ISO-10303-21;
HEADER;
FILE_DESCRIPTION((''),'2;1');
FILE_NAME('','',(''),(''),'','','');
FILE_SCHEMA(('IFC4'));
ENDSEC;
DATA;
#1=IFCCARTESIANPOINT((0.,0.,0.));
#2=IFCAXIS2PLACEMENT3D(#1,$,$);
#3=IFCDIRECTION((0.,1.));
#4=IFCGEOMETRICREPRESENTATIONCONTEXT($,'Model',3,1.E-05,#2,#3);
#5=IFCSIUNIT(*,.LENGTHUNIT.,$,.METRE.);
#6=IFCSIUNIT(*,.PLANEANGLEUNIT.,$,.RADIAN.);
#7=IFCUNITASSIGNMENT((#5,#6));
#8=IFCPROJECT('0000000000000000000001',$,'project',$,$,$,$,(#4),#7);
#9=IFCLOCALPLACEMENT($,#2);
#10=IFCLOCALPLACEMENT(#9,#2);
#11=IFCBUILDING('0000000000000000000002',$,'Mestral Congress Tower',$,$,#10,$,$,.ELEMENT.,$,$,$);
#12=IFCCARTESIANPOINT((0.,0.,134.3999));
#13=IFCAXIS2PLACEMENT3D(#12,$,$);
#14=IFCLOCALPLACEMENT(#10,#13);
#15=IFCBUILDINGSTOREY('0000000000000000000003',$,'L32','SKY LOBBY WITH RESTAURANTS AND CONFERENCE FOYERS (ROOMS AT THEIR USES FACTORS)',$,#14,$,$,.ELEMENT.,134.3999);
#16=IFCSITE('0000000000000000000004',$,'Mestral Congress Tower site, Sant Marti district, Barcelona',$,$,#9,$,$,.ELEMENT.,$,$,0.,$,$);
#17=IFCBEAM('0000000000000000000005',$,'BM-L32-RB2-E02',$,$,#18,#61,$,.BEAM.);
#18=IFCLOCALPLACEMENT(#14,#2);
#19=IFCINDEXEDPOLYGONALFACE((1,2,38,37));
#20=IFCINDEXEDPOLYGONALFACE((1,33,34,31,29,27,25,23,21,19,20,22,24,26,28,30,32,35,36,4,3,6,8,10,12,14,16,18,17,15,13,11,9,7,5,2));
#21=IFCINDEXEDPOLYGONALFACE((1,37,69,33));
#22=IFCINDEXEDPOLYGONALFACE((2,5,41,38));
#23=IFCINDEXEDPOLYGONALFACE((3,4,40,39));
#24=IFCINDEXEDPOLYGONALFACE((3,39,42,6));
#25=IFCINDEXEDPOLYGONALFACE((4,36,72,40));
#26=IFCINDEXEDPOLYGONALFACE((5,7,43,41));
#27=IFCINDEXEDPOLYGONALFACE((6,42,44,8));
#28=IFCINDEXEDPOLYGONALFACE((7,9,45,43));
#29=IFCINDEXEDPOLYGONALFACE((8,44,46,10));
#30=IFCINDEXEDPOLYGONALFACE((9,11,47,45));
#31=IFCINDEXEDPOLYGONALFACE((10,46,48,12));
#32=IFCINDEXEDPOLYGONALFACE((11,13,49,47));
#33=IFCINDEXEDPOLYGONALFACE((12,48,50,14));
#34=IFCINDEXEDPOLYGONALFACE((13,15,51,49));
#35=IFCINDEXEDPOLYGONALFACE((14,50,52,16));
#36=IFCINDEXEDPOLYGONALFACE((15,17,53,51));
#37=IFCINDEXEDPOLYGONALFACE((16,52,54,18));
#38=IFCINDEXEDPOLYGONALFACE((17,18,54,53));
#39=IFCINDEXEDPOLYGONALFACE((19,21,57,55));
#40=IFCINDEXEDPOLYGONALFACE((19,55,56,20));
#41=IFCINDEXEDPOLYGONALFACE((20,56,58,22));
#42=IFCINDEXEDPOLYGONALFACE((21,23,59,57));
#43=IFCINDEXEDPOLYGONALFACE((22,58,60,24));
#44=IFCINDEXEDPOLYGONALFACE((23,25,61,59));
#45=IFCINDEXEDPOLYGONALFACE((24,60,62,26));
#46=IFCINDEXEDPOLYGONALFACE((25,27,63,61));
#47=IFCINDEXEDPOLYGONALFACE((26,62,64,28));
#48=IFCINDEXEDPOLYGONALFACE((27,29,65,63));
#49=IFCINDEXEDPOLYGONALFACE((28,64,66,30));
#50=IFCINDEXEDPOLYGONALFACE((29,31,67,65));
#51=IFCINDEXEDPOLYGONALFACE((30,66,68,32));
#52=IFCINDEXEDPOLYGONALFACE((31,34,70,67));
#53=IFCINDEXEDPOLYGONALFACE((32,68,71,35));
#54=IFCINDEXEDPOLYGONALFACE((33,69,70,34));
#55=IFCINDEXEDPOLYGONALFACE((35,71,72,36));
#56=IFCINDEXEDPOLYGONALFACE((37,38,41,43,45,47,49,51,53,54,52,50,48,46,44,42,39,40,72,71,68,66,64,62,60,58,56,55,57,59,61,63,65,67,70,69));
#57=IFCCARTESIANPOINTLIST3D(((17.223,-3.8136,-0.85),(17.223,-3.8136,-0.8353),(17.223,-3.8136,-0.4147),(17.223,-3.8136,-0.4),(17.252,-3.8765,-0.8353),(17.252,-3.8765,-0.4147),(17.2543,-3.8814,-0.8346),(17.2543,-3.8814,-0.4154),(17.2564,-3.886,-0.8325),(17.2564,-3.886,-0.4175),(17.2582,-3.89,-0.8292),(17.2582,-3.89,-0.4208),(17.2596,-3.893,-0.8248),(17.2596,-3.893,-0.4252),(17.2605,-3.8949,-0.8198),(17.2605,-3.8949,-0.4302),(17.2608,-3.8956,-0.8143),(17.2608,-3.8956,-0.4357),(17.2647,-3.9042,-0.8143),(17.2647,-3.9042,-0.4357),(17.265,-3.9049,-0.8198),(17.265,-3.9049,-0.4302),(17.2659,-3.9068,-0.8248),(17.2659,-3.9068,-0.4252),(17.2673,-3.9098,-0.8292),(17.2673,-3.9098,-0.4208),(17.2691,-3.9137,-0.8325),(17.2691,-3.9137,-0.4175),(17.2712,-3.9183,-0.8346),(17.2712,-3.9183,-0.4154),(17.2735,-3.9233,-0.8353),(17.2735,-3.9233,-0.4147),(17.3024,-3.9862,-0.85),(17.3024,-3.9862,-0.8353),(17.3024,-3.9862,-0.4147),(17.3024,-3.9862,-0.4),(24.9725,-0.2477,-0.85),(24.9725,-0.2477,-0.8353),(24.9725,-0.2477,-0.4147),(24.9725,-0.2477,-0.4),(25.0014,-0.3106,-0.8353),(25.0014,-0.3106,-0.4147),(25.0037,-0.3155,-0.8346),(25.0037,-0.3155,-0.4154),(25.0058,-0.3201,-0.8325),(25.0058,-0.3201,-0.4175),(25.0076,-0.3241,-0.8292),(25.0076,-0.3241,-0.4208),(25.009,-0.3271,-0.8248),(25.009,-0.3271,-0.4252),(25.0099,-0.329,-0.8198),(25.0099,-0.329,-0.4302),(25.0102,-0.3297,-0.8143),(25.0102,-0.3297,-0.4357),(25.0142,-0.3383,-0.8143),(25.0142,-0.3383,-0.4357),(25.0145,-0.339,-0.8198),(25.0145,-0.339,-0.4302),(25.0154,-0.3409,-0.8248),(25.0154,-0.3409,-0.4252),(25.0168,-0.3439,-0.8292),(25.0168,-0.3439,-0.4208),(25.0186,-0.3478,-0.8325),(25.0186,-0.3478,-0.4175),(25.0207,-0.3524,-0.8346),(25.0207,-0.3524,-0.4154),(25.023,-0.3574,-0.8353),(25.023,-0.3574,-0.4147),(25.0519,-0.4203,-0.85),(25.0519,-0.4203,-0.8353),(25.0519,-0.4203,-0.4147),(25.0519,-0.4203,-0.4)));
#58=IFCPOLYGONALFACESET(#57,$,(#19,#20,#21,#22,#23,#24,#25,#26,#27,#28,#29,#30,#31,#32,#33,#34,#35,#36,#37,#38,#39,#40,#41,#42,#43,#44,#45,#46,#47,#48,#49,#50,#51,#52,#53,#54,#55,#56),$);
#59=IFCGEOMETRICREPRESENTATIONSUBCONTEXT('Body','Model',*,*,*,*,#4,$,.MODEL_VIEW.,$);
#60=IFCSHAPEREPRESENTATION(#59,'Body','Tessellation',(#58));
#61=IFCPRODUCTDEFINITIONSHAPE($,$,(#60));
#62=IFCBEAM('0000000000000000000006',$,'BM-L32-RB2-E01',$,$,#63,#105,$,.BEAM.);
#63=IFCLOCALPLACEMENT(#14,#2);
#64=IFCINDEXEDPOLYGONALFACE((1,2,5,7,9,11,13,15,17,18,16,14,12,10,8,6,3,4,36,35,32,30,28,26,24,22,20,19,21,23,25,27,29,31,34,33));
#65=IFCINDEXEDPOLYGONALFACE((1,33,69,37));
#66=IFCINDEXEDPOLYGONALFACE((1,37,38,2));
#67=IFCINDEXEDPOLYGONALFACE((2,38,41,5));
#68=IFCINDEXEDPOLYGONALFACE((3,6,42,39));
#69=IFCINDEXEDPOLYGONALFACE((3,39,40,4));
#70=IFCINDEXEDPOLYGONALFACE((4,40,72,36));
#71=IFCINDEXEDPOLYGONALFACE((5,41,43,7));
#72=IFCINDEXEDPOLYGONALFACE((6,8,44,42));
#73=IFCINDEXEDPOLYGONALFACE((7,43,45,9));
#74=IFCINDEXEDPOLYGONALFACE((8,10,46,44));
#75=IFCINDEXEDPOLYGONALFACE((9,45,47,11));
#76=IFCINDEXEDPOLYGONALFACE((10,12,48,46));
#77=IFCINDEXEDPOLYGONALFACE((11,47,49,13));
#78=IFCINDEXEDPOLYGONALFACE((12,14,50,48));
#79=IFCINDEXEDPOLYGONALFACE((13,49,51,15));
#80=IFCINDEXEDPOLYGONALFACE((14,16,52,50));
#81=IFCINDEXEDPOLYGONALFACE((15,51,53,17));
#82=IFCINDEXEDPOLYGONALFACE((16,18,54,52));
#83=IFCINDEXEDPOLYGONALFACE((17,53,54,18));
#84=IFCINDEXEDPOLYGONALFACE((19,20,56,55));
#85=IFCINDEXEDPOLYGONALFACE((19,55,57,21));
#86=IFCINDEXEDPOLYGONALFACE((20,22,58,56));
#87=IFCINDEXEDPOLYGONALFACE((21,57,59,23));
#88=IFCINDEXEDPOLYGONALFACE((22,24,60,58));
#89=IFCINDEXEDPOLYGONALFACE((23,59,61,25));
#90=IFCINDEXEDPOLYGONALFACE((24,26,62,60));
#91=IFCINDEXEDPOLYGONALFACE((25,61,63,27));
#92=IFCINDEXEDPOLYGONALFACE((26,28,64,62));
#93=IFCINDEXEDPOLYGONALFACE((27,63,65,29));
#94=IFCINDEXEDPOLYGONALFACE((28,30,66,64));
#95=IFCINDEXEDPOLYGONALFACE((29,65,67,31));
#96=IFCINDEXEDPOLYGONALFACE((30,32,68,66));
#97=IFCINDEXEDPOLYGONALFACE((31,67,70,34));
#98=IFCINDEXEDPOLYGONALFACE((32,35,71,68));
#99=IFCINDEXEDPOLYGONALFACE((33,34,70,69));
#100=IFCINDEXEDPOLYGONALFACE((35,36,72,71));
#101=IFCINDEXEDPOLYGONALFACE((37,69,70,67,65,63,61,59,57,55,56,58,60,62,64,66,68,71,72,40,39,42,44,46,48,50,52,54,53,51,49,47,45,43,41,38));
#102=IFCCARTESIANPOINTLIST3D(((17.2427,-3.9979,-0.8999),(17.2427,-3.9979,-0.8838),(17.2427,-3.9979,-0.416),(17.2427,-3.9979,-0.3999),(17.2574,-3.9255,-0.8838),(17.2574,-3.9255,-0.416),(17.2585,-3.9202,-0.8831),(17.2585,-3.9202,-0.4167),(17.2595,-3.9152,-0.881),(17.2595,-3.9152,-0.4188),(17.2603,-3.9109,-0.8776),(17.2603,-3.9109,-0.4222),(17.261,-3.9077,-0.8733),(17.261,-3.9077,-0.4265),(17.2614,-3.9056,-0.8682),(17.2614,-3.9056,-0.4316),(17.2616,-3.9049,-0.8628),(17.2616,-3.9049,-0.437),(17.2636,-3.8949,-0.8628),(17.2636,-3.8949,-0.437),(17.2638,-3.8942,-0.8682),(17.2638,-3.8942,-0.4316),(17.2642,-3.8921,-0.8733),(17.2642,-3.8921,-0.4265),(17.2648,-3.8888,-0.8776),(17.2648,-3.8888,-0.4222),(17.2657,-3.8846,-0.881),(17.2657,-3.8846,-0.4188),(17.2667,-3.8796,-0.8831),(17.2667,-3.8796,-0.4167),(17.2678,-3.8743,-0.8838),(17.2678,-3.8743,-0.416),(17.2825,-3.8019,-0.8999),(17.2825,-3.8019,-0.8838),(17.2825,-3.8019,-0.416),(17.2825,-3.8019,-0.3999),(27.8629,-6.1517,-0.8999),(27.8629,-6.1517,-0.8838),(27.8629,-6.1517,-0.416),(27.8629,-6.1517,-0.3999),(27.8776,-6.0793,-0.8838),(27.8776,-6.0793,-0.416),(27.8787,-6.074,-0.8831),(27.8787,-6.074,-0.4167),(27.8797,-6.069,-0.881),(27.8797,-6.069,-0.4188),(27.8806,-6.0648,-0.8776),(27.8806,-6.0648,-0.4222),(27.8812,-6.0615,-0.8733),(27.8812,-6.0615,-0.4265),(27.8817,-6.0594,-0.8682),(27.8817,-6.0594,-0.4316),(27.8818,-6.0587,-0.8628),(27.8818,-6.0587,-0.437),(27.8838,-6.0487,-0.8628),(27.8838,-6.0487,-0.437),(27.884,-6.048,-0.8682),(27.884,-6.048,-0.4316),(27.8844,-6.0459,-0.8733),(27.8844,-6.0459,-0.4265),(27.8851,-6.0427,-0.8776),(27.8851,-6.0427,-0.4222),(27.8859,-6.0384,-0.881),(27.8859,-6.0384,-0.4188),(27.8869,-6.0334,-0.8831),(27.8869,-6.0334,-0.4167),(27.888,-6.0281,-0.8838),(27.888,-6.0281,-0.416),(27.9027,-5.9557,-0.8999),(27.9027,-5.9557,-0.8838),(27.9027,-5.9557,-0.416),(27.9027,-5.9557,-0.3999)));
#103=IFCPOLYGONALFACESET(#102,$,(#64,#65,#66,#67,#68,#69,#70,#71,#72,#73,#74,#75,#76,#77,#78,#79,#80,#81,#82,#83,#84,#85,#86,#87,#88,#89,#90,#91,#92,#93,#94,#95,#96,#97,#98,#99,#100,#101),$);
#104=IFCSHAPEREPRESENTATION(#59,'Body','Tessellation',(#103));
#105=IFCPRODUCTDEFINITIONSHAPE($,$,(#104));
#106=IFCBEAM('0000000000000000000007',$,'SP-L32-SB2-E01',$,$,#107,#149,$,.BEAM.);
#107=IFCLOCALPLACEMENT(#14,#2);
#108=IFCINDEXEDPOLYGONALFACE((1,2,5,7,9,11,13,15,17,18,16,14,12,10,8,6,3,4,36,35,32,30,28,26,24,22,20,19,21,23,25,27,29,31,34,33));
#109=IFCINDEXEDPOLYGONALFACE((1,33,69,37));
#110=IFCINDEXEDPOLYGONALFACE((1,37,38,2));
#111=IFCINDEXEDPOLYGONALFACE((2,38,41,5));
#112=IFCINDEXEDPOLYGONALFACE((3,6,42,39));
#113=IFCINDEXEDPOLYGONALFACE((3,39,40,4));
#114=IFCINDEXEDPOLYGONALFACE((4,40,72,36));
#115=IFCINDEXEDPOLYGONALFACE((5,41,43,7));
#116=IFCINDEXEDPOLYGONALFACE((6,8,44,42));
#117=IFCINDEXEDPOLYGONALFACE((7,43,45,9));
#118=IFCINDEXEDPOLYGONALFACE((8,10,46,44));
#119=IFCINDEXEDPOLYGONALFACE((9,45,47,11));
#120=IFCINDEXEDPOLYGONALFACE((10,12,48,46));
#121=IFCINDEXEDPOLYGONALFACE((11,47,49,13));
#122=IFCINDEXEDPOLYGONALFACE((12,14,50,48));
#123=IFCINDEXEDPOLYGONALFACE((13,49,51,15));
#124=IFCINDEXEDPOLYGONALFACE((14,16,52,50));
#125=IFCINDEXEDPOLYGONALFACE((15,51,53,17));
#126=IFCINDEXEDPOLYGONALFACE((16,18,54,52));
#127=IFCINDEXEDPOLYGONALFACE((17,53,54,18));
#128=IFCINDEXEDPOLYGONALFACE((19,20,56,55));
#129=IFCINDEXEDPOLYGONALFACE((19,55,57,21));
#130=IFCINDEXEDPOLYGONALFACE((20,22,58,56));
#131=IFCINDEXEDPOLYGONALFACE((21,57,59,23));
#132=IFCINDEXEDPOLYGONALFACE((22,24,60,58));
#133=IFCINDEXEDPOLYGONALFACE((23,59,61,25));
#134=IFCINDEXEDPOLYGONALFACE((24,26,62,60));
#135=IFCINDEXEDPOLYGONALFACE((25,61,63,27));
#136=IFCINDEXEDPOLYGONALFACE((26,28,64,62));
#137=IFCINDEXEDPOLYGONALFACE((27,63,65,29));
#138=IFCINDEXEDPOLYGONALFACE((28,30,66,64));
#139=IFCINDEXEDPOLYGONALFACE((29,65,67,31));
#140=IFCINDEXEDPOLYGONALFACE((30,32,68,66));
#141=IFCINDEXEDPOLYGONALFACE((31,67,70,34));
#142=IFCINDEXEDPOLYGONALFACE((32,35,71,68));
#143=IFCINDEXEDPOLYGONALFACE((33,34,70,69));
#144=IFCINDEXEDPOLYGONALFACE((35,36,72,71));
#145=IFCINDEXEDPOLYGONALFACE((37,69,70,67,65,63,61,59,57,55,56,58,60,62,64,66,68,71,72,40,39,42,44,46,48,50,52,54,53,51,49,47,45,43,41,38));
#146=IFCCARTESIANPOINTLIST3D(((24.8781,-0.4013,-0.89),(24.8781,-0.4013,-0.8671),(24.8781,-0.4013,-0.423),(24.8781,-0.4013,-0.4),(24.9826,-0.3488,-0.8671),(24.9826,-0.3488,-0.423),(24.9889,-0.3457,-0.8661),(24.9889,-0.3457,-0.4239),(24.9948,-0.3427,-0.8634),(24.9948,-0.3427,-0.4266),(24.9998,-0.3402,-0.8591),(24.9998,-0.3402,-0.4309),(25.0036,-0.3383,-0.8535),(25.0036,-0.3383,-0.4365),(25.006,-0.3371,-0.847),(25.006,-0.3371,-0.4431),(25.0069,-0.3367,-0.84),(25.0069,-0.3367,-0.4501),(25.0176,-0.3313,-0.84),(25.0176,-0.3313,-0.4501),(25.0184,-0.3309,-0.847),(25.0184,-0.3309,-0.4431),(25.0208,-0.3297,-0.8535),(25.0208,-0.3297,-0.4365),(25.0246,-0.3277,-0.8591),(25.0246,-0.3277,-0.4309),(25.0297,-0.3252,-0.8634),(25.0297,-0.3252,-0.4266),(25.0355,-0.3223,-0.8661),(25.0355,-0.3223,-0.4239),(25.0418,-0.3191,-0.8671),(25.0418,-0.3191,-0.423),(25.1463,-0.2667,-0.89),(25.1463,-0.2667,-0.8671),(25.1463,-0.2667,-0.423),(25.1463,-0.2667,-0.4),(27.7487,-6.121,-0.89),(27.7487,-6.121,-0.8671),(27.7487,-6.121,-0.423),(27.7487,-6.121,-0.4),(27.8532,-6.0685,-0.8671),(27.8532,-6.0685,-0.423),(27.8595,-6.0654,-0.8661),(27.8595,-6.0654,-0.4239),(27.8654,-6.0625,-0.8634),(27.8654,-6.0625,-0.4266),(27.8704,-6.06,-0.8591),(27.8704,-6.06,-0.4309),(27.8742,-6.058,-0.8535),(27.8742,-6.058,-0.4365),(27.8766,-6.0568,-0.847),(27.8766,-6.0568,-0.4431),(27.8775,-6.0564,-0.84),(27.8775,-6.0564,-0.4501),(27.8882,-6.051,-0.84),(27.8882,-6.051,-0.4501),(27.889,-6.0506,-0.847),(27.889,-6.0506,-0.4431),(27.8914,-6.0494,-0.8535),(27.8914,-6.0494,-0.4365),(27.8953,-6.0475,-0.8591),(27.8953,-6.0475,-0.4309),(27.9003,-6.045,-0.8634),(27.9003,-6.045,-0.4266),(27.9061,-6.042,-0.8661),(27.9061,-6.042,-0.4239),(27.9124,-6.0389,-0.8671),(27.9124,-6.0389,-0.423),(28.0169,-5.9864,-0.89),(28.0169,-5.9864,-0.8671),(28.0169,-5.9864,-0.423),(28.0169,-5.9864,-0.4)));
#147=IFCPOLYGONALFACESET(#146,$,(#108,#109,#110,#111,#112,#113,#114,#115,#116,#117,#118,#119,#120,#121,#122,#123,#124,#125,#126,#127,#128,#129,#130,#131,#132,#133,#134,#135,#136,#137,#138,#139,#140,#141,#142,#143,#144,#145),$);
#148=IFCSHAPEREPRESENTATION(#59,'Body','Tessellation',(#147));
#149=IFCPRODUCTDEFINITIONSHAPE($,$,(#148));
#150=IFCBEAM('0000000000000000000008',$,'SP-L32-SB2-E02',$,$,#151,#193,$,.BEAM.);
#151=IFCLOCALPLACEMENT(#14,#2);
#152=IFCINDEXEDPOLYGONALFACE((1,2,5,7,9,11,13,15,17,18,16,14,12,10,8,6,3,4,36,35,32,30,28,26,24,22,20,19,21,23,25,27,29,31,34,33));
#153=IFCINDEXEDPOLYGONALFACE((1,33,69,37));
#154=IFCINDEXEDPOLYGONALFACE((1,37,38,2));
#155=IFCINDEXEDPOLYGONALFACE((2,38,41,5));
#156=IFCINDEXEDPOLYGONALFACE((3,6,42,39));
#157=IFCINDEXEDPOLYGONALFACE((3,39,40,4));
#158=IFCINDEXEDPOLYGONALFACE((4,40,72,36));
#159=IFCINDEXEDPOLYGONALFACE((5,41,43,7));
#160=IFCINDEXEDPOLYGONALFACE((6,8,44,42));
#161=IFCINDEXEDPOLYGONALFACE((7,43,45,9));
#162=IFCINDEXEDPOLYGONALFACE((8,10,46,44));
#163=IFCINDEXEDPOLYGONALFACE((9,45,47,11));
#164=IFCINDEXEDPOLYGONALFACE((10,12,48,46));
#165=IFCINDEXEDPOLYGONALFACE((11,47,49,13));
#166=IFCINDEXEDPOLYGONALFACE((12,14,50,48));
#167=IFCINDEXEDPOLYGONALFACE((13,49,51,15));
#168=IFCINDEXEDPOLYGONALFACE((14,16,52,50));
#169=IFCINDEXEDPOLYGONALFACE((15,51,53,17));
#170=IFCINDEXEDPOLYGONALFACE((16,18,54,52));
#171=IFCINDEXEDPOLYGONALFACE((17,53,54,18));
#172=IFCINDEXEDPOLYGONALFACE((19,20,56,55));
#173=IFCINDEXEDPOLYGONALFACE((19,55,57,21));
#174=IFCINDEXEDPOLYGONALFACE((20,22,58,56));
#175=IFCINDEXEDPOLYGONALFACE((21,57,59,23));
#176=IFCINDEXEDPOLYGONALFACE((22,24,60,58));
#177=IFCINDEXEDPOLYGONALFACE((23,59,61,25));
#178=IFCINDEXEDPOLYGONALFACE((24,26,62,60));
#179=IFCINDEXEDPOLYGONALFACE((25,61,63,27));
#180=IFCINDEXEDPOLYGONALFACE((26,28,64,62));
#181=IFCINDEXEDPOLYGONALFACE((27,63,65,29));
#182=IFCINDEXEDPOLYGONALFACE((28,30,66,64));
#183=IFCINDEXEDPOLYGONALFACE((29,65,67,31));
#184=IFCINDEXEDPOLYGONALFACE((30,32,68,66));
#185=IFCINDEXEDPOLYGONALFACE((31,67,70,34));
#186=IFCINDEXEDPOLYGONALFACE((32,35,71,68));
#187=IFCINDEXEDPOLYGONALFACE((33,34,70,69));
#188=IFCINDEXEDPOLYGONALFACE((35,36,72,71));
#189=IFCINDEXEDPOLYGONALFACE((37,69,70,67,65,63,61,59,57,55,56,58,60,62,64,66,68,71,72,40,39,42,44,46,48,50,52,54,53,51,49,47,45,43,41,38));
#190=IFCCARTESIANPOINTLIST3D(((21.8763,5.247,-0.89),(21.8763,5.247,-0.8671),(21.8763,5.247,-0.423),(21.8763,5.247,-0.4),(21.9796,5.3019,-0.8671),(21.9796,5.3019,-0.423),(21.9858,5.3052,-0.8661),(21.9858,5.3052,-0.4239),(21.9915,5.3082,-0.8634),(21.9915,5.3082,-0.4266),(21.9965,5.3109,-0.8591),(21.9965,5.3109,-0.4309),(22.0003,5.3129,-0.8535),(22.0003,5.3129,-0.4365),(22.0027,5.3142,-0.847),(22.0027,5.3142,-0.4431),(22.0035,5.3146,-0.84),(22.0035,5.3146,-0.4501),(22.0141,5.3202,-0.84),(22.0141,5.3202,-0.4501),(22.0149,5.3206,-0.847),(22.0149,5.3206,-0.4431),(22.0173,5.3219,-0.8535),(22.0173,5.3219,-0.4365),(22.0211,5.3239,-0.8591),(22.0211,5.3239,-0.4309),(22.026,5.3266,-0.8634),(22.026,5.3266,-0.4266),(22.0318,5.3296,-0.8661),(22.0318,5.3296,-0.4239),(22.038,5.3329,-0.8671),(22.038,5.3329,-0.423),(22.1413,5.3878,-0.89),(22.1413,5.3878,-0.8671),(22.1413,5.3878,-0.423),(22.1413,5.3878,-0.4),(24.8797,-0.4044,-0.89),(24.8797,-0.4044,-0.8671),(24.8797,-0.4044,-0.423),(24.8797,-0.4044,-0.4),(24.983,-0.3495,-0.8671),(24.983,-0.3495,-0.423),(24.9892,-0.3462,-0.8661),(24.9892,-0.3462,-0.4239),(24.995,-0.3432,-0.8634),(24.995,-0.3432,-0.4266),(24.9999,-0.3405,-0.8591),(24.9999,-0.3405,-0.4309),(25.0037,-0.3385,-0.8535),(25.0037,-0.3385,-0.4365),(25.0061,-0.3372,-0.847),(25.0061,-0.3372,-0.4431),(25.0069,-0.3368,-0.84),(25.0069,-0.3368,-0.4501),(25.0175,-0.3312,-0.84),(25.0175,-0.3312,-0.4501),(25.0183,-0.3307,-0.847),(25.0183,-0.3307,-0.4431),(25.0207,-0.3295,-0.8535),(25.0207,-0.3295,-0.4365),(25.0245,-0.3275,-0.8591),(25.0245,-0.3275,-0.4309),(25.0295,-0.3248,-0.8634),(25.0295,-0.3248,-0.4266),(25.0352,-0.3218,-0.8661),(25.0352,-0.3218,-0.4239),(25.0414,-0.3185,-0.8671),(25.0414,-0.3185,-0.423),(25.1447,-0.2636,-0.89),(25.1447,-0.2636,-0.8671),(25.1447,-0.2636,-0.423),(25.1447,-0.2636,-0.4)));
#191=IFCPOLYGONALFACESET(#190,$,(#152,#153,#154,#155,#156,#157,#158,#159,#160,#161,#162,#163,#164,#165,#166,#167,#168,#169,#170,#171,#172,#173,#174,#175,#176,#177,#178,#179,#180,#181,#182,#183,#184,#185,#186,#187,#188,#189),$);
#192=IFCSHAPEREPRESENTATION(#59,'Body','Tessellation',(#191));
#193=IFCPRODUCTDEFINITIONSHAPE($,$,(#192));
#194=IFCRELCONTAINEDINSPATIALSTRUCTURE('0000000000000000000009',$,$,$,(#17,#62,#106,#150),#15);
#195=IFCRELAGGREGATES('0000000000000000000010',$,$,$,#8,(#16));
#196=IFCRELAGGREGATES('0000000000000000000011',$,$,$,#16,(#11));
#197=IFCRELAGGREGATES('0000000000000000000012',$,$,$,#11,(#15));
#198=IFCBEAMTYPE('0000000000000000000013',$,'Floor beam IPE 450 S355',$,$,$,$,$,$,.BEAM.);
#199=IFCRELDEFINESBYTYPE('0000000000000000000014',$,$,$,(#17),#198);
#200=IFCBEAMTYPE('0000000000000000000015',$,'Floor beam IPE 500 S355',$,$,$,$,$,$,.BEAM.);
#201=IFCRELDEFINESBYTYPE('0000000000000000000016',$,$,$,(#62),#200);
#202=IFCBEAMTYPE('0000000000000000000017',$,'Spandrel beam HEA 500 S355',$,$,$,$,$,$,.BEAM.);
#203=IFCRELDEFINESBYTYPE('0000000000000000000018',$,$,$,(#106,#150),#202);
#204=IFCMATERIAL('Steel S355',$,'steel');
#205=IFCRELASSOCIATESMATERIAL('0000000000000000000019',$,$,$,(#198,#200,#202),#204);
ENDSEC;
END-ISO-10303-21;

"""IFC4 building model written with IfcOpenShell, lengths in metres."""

from ifc_helpers import new_model, si_unit, direction, frame, origin, origin_2d, place, context, subcontext, project, spatial, i_section, extrude, material, material_profile, profile_set, type_object, element, save


model = new_model("IFC4")

# Units and contexts
model_context = context("Model", 3, precision=1e-05, world=origin(), true_north=direction((0.0, 1.0)))
body_context = subcontext(model_context, "Body", "Model", "MODEL_VIEW")
ifc_project = project(units=[si_unit("LENGTHUNIT", "METRE"), si_unit("PLANEANGLEUNIT", "RADIAN")], contexts=[model_context])

# Site, building, storey
site_placement = place(None, origin())
site = spatial("IfcSite", under=ifc_project, at=site_placement, Name="Mestral Congress Tower site, Sant Marti district, Barcelona", CompositionType="ELEMENT", RefElevation=0.0)
building_placement = place(site_placement, origin())
building = spatial("IfcBuilding", under=site, at=building_placement, Name="Mestral Congress Tower", CompositionType="ELEMENT")
storey_placement = place(building_placement, frame((0.0, 0.0, 134.3999)))
storey = spatial("IfcBuildingStorey", under=building, at=storey_placement, Name="L32", Description="SKY LOBBY WITH RESTAURANTS AND CONFERENCE FOYERS (ROOMS AT THEIR USES FACTORS)", CompositionType="ELEMENT", Elevation=134.3999)

# Shared definitions
ifc_material_1 = material(Name="Steel S355", Category="steel")

# Beams
ifc_material_profile_1 = material_profile(ifc_material_1, i_section(OverallWidth=0.1899, OverallDepth=0.45, WebThickness=0.0095, FlangeThickness=0.0146, FilletRadius=0.021, at=origin_2d()), Name="IPE 450")
ifc_profile_set_1 = profile_set([ifc_material_profile_1], Name="Steel S355")
beam_type_1 = type_object("IfcBeamType", Name="Floor beam IPE 450 S355", PredefinedType="BEAM", material=ifc_profile_set_1)
beam_1_placement = place(storey_placement, frame((25.0122, -0.334, -0.625), z_axis=(-0.90844, -0.418016, 0.0), x_axis=(0.418016, -0.90844, 0.0)))
element("IfcBeam", 1, at=beam_1_placement, inside=storey, type_object=beam_type_1, Name="BM-L32-RB2-E02", PredefinedType="BEAM", context=body_context, shape_type="SweptSolid", body=[
    extrude(i_section(OverallWidth=0.1899, OverallDepth=0.45, WebThickness=0.0095, FlangeThickness=0.0146, FilletRadius=0.021, at=origin_2d()), origin(), (0.0, 0.0, 1.0), 8.5305),
])
ifc_material_profile_2 = material_profile(ifc_material_1, i_section(OverallWidth=0.2, OverallDepth=0.5, WebThickness=0.0103, FlangeThickness=0.0161, FilletRadius=0.021, at=origin_2d()), Name="IPE 500")
ifc_profile_set_2 = profile_set([ifc_material_profile_2], Name="Steel S355")
beam_type_2 = type_object("IfcBeamType", Name="Floor beam IPE 500 S355", PredefinedType="BEAM", material=ifc_profile_set_2)
beam_2_placement = place(storey_placement, frame((27.8828, -6.0537, -0.6499), z_axis=(-0.980049, 0.198758, 0.0), x_axis=(-0.198758, -0.980049, 0.0)))
element("IfcBeam", 2, at=beam_2_placement, inside=storey, type_object=beam_type_2, Name="BM-L32-RB2-E01", PredefinedType="BEAM", context=body_context, shape_type="SweptSolid", body=[
    extrude(i_section(OverallWidth=0.2, OverallDepth=0.5, WebThickness=0.0103, FlangeThickness=0.0161, FilletRadius=0.021, at=origin_2d()), origin(), (0.0, 0.0, 1.0), 10.8364),
])
ifc_material_profile_3 = material_profile(ifc_material_1, i_section(OverallWidth=0.3, OverallDepth=0.49, WebThickness=0.012, FlangeThickness=0.0229, FilletRadius=0.0271, at=origin_2d()), Name="HEA 500")
ifc_profile_set_3 = profile_set([ifc_material_profile_3], Name="Steel S355")
beam_type_3 = type_object("IfcBeamType", Name="Spandrel beam HEA 500 S355", PredefinedType="BEAM", material=ifc_profile_set_3)
beam_3_placement = place(storey_placement, frame((27.8828, -6.0537, -0.645), z_axis=(-0.448556, 0.893755, 0.0), x_axis=(-0.893755, -0.448556, 0.0)))
element("IfcBeam", 3, at=beam_3_placement, inside=storey, type_object=beam_type_3, Name="SP-L32-SB2-E01", PredefinedType="BEAM", context=body_context, shape_type="SweptSolid", body=[
    extrude(i_section(OverallWidth=0.3, OverallDepth=0.49, WebThickness=0.012, FlangeThickness=0.0229, FilletRadius=0.0271, at=origin_2d()), origin(), (0.0, 0.0, 1.0), 6.3997),
])
beam_4_placement = place(storey_placement, frame((25.0122, -0.334, -0.645), z_axis=(-0.469293, 0.883043, 0.0), x_axis=(-0.883043, -0.469293, 0.0)))
element("IfcBeam", 4, at=beam_4_placement, inside=storey, type_object=beam_type_3, Name="SP-L32-SB2-E02", PredefinedType="BEAM", context=body_context, shape_type="SweptSolid", body=[
    extrude(i_section(OverallWidth=0.3, OverallDepth=0.49, WebThickness=0.012, FlangeThickness=0.0229, FilletRadius=0.0271, at=origin_2d()), origin(), (0.0, 0.0, 1.0), 6.3999),
])

save(model, "model.ifc")
